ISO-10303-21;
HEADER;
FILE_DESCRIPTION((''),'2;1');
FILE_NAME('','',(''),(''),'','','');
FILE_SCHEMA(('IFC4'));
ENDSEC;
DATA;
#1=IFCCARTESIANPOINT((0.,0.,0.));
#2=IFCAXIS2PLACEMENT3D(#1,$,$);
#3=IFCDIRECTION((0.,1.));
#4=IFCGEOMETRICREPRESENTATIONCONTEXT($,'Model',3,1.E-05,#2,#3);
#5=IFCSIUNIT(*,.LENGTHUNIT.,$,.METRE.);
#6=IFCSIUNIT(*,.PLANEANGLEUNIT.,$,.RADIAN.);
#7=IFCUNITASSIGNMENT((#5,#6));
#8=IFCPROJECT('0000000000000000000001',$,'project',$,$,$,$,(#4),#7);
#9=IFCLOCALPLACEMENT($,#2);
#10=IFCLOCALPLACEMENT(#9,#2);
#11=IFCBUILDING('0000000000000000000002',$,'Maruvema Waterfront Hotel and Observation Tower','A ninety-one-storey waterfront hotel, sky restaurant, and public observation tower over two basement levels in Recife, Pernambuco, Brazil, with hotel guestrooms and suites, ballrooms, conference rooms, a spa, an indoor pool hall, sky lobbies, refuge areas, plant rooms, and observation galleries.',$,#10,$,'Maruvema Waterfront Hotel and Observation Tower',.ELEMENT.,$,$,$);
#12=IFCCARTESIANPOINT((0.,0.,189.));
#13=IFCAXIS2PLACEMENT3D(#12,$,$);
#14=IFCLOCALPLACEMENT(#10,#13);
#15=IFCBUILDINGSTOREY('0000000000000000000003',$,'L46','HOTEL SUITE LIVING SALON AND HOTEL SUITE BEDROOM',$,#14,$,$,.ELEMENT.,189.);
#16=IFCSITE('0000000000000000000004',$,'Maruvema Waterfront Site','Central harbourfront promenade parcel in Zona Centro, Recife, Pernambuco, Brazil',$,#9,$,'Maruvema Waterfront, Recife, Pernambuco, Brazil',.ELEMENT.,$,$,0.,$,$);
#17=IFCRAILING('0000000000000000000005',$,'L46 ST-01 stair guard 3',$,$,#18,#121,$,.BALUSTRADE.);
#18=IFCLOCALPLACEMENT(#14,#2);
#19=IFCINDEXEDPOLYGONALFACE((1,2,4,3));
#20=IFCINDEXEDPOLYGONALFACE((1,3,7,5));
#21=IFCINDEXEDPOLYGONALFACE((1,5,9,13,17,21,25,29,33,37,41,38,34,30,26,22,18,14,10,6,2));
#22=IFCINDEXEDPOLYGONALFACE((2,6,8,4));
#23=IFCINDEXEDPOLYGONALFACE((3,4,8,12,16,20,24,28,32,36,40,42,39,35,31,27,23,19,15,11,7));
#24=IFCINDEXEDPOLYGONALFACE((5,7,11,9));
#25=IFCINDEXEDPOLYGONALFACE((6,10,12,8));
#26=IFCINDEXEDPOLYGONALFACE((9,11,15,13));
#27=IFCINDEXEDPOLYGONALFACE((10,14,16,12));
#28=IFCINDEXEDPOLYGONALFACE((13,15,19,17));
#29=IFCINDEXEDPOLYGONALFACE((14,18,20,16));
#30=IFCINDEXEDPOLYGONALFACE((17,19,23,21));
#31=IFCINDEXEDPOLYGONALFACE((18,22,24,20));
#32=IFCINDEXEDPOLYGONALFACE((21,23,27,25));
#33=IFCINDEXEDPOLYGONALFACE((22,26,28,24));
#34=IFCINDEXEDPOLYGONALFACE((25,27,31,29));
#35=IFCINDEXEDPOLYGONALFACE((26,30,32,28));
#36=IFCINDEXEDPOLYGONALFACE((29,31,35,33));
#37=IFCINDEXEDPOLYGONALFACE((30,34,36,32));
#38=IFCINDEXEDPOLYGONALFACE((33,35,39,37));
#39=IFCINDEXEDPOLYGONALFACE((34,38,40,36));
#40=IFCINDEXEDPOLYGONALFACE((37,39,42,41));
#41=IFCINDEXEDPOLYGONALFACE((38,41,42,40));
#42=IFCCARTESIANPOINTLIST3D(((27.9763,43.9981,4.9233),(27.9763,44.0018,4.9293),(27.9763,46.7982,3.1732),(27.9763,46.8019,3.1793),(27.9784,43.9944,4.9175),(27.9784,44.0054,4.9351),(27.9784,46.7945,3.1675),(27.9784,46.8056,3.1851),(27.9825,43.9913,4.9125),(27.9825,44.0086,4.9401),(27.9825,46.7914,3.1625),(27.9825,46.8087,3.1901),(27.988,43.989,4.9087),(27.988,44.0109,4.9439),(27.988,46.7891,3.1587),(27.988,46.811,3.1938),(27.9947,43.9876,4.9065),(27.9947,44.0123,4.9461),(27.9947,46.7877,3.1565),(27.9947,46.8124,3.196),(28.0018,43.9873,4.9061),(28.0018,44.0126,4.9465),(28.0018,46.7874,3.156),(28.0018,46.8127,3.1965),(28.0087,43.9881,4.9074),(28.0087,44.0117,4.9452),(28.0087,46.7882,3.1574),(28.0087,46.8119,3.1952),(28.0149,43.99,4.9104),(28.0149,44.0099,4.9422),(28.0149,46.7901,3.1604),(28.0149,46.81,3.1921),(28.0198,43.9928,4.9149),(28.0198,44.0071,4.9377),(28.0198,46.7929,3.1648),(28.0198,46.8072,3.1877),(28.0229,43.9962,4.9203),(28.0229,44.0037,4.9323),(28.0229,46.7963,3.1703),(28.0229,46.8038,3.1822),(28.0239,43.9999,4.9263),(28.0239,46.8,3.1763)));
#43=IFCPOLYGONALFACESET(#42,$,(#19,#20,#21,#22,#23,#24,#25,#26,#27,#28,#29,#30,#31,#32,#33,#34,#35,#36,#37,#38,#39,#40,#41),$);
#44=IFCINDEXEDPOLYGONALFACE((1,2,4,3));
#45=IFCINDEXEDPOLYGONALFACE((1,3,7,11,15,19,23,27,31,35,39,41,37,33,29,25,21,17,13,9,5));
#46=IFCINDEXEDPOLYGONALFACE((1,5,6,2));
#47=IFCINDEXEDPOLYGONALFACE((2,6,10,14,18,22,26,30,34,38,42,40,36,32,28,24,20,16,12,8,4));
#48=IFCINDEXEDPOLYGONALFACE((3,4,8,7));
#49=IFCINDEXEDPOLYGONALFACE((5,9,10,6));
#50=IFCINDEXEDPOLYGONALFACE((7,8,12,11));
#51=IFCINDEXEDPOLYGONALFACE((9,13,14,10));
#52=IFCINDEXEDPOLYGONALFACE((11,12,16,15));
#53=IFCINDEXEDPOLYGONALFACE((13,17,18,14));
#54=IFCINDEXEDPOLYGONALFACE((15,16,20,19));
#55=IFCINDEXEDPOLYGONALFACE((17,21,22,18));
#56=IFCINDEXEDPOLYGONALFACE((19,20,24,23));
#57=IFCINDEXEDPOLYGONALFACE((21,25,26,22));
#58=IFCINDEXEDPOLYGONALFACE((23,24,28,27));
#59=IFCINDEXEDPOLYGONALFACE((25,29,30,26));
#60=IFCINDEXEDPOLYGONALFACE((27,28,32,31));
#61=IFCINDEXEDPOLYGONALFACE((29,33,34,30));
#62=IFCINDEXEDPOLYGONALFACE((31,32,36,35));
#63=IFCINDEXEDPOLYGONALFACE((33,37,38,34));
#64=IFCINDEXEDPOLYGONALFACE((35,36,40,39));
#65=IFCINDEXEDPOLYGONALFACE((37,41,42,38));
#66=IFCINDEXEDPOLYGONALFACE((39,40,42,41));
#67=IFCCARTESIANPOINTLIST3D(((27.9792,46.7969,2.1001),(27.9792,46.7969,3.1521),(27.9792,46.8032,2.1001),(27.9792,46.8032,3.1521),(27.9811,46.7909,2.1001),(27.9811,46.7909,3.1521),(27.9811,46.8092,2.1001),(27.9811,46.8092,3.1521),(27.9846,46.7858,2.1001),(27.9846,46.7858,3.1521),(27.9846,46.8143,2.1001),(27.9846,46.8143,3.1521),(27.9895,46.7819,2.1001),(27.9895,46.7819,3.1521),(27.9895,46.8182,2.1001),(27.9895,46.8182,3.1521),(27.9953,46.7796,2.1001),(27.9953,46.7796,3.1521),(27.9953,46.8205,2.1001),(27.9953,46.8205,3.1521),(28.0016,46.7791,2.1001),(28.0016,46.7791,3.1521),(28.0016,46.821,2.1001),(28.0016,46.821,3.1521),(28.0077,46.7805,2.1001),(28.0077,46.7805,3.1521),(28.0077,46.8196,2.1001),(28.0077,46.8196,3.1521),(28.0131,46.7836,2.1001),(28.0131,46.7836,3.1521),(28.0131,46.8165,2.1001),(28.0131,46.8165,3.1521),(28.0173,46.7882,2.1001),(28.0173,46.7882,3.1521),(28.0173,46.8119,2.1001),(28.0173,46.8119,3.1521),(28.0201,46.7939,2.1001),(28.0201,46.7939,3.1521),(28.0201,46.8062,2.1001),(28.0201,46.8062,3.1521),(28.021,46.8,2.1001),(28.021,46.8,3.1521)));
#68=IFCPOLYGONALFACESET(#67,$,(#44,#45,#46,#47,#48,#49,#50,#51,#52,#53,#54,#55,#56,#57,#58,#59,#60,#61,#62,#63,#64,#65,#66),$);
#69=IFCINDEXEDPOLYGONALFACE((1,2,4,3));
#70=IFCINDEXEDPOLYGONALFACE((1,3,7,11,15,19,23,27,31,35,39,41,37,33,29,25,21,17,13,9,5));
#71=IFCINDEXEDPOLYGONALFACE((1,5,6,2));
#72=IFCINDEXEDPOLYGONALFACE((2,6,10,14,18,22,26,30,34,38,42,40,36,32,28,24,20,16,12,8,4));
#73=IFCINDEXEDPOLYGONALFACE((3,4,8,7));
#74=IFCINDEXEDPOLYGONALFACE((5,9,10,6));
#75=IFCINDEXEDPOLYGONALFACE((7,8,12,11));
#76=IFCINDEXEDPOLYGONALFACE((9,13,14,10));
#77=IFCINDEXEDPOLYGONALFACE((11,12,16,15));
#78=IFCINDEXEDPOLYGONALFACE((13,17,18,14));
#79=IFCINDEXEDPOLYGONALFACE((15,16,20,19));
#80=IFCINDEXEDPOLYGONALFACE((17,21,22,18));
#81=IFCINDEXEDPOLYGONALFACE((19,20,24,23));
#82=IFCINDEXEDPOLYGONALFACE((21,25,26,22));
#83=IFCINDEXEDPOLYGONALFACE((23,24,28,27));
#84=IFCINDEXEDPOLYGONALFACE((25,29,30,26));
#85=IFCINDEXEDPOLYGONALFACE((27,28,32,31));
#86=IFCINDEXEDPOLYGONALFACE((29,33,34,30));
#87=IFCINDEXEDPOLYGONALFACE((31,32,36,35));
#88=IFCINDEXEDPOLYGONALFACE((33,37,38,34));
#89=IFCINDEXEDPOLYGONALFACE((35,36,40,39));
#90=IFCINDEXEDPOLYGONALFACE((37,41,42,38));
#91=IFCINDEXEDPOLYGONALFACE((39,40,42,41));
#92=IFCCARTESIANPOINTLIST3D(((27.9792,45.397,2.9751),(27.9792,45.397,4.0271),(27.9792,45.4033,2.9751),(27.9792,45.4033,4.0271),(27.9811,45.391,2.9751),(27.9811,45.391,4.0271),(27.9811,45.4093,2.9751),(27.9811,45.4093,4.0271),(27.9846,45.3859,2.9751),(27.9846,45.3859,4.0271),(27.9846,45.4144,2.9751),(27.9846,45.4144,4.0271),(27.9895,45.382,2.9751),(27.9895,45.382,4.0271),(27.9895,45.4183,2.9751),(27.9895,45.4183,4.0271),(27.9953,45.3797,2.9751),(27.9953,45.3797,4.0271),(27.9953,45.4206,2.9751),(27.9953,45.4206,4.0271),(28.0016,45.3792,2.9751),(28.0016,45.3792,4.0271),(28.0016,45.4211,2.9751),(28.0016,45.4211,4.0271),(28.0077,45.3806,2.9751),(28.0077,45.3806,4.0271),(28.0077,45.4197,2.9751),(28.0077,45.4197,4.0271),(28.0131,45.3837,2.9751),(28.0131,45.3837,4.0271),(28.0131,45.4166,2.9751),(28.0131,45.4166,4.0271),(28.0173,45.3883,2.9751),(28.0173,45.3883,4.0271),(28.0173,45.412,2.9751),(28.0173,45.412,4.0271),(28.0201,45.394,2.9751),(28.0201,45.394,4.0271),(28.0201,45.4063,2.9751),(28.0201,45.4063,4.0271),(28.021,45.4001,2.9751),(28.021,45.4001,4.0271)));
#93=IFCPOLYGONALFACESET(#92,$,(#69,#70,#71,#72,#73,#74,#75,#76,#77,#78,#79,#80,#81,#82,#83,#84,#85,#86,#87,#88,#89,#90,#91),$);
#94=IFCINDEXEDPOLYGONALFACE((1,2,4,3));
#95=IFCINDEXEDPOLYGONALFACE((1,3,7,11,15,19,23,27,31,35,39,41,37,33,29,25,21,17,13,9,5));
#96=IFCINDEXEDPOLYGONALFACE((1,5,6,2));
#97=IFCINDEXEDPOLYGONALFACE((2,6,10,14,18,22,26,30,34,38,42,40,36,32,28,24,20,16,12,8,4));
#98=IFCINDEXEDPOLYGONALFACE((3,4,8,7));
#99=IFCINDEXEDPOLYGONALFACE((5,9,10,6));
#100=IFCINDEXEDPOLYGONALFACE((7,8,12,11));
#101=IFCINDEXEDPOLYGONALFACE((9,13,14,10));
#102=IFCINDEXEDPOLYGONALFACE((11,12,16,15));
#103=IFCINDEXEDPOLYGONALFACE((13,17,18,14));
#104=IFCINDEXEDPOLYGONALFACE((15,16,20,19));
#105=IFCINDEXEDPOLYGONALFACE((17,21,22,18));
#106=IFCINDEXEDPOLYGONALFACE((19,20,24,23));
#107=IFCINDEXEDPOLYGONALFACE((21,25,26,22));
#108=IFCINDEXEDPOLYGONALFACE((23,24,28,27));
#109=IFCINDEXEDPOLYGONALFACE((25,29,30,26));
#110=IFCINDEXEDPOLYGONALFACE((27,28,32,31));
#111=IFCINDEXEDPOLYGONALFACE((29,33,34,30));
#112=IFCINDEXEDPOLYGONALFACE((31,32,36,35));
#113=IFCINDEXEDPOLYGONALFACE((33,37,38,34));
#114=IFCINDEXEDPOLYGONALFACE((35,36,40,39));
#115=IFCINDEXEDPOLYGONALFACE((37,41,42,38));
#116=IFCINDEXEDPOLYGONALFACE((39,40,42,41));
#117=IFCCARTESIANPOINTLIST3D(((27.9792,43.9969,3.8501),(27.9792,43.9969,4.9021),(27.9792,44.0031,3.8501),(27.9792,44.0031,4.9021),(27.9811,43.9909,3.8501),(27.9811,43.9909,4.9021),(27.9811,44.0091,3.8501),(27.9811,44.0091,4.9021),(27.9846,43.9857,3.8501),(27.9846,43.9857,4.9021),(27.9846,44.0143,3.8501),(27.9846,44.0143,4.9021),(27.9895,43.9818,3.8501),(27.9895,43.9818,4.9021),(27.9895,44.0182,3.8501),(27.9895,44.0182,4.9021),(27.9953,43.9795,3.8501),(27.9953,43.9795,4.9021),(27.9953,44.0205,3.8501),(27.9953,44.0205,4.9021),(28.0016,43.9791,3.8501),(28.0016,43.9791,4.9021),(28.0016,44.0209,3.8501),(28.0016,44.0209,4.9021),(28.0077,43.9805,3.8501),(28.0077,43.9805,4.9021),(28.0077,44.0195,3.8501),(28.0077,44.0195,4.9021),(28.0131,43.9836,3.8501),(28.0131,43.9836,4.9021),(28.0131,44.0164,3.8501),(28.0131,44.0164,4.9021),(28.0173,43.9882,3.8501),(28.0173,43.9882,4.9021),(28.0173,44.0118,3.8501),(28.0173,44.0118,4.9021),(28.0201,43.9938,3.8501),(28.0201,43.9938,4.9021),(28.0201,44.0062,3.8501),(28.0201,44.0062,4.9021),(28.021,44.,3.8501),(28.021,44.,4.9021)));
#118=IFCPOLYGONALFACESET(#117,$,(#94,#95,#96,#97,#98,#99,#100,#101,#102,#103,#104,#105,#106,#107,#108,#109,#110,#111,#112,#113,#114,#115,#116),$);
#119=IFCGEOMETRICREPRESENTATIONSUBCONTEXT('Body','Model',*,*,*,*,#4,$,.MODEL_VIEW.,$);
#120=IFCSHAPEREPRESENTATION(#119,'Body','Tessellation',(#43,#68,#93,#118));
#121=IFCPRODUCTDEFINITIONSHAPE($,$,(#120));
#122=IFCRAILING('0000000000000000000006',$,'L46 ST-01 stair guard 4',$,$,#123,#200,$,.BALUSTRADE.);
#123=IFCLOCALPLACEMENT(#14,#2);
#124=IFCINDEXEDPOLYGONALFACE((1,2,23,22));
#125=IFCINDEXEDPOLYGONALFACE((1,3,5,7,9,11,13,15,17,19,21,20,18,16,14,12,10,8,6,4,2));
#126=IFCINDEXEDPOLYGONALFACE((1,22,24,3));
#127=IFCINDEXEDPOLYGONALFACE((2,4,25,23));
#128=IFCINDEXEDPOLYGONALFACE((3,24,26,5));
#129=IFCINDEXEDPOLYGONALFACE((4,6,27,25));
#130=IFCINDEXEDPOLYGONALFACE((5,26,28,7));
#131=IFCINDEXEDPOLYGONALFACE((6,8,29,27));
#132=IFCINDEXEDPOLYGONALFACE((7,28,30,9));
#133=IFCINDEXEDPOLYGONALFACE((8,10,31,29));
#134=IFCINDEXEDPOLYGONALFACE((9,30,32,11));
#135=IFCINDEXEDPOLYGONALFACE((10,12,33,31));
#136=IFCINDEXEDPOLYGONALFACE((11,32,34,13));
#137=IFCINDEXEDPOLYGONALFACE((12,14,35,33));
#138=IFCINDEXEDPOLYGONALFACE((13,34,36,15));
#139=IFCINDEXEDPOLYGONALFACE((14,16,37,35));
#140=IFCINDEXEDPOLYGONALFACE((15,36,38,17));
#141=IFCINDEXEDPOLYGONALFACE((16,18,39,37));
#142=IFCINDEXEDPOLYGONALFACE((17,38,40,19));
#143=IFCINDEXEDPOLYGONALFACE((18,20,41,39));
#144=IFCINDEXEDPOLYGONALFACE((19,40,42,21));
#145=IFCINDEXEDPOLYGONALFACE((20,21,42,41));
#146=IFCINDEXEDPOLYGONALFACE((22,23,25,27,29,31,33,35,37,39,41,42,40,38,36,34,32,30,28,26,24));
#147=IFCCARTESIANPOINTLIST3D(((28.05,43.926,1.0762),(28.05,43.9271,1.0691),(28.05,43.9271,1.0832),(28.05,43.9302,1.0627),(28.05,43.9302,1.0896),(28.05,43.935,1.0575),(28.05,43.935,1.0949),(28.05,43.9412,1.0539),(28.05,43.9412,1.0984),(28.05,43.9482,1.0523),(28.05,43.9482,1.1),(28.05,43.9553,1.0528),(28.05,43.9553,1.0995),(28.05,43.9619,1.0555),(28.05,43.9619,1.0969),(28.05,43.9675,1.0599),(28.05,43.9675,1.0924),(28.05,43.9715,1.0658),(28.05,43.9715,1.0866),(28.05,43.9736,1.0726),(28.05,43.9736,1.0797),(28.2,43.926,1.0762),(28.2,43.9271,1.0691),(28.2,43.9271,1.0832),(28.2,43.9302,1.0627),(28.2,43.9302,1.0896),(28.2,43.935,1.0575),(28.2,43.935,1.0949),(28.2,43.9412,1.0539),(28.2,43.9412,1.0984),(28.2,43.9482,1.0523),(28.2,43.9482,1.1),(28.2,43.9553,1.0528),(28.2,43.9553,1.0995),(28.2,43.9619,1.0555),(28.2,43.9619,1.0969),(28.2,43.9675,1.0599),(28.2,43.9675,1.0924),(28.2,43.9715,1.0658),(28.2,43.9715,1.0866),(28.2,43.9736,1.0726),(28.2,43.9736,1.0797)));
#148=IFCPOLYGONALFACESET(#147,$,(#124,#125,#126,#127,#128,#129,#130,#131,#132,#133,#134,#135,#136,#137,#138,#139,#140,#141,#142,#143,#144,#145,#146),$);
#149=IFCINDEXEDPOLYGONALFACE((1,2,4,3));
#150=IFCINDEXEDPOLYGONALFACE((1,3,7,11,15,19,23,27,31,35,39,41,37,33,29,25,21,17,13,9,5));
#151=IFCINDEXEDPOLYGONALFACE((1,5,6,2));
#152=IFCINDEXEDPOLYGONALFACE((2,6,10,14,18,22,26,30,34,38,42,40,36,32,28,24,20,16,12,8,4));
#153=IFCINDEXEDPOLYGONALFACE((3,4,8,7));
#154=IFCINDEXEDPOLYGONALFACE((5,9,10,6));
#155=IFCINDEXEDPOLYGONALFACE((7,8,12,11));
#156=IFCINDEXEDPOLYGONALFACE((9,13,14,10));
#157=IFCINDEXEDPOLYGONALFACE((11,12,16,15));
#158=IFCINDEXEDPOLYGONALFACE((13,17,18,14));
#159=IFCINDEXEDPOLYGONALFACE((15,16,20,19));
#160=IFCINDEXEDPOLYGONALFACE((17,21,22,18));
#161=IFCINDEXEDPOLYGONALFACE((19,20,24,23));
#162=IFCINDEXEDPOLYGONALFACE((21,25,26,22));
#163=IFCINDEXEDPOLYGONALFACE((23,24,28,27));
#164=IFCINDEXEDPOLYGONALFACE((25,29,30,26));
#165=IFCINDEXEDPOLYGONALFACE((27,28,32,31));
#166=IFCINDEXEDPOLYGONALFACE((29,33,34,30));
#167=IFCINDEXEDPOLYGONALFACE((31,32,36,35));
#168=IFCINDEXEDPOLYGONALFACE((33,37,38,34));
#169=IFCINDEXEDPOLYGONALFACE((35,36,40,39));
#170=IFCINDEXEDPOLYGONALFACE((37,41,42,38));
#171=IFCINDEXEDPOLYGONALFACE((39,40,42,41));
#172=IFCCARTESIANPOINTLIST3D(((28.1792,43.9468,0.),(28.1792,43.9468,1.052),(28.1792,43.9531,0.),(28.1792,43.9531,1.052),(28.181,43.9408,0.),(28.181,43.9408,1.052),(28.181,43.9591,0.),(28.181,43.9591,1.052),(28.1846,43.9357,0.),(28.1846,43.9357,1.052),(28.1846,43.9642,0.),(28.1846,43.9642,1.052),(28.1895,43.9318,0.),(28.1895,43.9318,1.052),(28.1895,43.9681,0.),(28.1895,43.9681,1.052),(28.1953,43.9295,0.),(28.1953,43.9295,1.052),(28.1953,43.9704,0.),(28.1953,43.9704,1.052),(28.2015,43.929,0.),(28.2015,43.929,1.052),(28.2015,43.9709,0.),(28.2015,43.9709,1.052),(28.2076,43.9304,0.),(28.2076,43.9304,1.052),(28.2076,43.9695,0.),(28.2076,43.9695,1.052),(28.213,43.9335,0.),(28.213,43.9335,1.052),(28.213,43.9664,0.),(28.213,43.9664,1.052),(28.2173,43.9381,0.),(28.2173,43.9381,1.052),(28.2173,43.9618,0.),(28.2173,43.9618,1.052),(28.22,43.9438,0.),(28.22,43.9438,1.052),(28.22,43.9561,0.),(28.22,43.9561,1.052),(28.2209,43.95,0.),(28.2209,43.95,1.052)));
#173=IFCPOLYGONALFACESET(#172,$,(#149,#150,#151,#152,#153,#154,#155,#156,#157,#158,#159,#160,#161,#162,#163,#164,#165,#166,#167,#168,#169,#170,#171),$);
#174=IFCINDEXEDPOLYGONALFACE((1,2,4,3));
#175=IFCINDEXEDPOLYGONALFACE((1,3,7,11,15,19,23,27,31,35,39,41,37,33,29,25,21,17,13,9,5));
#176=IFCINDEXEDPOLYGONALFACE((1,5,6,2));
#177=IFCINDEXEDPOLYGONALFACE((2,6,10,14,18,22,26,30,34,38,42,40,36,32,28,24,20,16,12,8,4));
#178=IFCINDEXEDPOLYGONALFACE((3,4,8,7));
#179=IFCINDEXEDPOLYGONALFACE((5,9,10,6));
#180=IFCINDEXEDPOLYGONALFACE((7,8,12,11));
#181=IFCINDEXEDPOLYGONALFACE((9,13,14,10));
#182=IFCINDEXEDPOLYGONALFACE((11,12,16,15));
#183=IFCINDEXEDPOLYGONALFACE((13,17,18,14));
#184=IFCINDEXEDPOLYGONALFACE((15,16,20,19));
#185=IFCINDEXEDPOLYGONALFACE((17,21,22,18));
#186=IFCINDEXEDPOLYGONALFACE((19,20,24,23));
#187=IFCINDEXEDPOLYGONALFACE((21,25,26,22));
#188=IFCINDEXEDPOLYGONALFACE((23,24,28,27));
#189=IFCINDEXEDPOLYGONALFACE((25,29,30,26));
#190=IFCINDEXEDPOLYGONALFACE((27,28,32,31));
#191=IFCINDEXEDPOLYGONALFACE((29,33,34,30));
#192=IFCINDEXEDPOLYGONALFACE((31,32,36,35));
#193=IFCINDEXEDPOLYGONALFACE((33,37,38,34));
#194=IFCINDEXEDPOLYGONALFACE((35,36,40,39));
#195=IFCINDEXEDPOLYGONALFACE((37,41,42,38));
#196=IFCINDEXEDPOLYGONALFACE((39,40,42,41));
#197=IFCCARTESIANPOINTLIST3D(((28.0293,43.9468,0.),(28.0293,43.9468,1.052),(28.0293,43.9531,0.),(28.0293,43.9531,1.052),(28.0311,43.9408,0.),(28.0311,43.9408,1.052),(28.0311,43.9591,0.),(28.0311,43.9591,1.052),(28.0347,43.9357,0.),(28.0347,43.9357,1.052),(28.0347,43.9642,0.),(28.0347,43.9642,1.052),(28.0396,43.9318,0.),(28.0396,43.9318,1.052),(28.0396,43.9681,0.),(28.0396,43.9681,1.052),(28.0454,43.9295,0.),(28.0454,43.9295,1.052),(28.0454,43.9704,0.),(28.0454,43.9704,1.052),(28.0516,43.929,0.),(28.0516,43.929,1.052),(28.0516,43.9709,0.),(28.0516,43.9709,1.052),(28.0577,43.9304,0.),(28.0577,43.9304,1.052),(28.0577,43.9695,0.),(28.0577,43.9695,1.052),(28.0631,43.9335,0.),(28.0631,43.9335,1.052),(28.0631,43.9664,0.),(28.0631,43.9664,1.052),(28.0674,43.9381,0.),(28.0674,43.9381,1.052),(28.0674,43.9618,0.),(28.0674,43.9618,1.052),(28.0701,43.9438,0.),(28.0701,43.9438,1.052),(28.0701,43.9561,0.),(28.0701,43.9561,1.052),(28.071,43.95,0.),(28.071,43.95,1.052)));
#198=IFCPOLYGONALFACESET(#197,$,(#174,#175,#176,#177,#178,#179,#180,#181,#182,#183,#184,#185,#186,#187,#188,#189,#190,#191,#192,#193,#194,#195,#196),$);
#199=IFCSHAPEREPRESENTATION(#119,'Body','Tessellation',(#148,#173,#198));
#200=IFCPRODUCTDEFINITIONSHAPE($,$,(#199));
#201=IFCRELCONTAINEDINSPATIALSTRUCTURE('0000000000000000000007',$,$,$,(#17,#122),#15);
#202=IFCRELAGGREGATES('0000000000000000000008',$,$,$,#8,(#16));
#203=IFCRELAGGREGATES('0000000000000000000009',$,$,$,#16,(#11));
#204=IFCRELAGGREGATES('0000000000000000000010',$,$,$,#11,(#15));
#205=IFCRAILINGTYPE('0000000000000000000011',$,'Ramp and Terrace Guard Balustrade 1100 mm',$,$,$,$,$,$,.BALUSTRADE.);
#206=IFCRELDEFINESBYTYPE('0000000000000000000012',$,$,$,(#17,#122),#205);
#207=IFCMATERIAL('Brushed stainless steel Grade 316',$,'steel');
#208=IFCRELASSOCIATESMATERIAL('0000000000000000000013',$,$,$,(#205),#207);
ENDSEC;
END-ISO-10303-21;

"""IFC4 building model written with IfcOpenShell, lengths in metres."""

from ifc_helpers import new_model, si_unit, direction, frame, origin, origin_2d, place, context, subcontext, project, spatial, circle, extrude, material, type_object, element, save


model = new_model("IFC4")

# Units and contexts
model_context = context("Model", 3, precision=1e-05, world=origin(), true_north=direction((0.0, 1.0)))
body_context = subcontext(model_context, "Body", "Model", "MODEL_VIEW")
ifc_project = project(units=[si_unit("LENGTHUNIT", "METRE"), si_unit("PLANEANGLEUNIT", "RADIAN")], contexts=[model_context])

# Site, building, storey
site_placement = place(None, origin())
site = spatial("IfcSite", under=ifc_project, at=site_placement, Name="Maruvema Waterfront Site", Description="Central harbourfront promenade parcel in Zona Centro, Recife, Pernambuco, Brazil", LongName="Maruvema Waterfront, Recife, Pernambuco, Brazil", CompositionType="ELEMENT", RefElevation=0.0)
building_placement = place(site_placement, origin())
building = spatial("IfcBuilding", under=site, at=building_placement, Name="Maruvema Waterfront Hotel and Observation Tower", Description="A ninety-one-storey waterfront hotel, sky restaurant, and public observation tower over two basement levels in Recife, Pernambuco, Brazil, with hotel guestrooms and suites, ballrooms, conference rooms, a spa, an indoor pool hall, sky lobbies, refuge areas, plant rooms, and observation galleries.", LongName="Maruvema Waterfront Hotel and Observation Tower", CompositionType="ELEMENT")
storey_placement = place(building_placement, frame((0.0, 0.0, 189.0)))
storey = spatial("IfcBuildingStorey", under=building, at=storey_placement, Name="L46", Description="HOTEL SUITE LIVING SALON AND HOTEL SUITE BEDROOM", CompositionType="ELEMENT", Elevation=189.0)

# Railings
ifc_material_1 = material(Name="Brushed stainless steel Grade 316", Category="steel")
railing_type_1 = type_object("IfcRailingType", Name="Ramp and Terrace Guard Balustrade 1100 mm", PredefinedType="BALUSTRADE", material=ifc_material_1)
railing_1_placement = place(storey_placement, frame((28.0, 46.8, 2.1001)))
element("IfcRailing", 1, at=railing_1_placement, inside=storey, type_object=railing_type_1, Name="L46 ST-01 stair guard 3", PredefinedType="BALUSTRADE", context=body_context, shape_type="SweptSolid", body=[
    extrude(circle(Radius=0.0239, at=origin_2d()), frame((0.0, 0.0, 1.0762), z_axis=(0.0, -0.848002, 0.529992), x_axis=(1.0, 0.0, 0.0)), (0.0, 0.0, 1.0), 3.302),
    extrude(circle(Radius=0.021, at=origin_2d()), origin(), (0.0, 0.0, 1.0), 1.052),
    extrude(circle(Radius=0.021, at=origin_2d()), frame((0.0, -1.3999, 0.875)), (0.0, 0.0, 1.0), 1.052),
    extrude(circle(Radius=0.021, at=origin_2d()), frame((0.0, -2.8, 1.75)), (0.0, 0.0, 1.0), 1.052),
])
railing_2_placement = place(storey_placement, frame((28.2, 43.95, 0.0)))
element("IfcRailing", 2, at=railing_2_placement, inside=storey, type_object=railing_type_1, Name="L46 ST-01 stair guard 4", PredefinedType="BALUSTRADE", context=body_context, shape_type="SweptSolid", body=[
    extrude(circle(Radius=0.0239, at=origin_2d()), frame((0.0, 0.0, 1.0762), z_axis=(-1.0, 0.0, 0.0), x_axis=(0.0, -1.0, 0.0)), (0.0, 0.0, 1.0), 0.1499),
    extrude(circle(Radius=0.021, at=origin_2d()), origin(), (0.0, 0.0, 1.0), 1.052),
    extrude(circle(Radius=0.021, at=origin_2d()), frame((-0.1499, 0.0, 0.0)), (0.0, 0.0, 1.0), 1.052),
])

save(model, "model.ifc")
